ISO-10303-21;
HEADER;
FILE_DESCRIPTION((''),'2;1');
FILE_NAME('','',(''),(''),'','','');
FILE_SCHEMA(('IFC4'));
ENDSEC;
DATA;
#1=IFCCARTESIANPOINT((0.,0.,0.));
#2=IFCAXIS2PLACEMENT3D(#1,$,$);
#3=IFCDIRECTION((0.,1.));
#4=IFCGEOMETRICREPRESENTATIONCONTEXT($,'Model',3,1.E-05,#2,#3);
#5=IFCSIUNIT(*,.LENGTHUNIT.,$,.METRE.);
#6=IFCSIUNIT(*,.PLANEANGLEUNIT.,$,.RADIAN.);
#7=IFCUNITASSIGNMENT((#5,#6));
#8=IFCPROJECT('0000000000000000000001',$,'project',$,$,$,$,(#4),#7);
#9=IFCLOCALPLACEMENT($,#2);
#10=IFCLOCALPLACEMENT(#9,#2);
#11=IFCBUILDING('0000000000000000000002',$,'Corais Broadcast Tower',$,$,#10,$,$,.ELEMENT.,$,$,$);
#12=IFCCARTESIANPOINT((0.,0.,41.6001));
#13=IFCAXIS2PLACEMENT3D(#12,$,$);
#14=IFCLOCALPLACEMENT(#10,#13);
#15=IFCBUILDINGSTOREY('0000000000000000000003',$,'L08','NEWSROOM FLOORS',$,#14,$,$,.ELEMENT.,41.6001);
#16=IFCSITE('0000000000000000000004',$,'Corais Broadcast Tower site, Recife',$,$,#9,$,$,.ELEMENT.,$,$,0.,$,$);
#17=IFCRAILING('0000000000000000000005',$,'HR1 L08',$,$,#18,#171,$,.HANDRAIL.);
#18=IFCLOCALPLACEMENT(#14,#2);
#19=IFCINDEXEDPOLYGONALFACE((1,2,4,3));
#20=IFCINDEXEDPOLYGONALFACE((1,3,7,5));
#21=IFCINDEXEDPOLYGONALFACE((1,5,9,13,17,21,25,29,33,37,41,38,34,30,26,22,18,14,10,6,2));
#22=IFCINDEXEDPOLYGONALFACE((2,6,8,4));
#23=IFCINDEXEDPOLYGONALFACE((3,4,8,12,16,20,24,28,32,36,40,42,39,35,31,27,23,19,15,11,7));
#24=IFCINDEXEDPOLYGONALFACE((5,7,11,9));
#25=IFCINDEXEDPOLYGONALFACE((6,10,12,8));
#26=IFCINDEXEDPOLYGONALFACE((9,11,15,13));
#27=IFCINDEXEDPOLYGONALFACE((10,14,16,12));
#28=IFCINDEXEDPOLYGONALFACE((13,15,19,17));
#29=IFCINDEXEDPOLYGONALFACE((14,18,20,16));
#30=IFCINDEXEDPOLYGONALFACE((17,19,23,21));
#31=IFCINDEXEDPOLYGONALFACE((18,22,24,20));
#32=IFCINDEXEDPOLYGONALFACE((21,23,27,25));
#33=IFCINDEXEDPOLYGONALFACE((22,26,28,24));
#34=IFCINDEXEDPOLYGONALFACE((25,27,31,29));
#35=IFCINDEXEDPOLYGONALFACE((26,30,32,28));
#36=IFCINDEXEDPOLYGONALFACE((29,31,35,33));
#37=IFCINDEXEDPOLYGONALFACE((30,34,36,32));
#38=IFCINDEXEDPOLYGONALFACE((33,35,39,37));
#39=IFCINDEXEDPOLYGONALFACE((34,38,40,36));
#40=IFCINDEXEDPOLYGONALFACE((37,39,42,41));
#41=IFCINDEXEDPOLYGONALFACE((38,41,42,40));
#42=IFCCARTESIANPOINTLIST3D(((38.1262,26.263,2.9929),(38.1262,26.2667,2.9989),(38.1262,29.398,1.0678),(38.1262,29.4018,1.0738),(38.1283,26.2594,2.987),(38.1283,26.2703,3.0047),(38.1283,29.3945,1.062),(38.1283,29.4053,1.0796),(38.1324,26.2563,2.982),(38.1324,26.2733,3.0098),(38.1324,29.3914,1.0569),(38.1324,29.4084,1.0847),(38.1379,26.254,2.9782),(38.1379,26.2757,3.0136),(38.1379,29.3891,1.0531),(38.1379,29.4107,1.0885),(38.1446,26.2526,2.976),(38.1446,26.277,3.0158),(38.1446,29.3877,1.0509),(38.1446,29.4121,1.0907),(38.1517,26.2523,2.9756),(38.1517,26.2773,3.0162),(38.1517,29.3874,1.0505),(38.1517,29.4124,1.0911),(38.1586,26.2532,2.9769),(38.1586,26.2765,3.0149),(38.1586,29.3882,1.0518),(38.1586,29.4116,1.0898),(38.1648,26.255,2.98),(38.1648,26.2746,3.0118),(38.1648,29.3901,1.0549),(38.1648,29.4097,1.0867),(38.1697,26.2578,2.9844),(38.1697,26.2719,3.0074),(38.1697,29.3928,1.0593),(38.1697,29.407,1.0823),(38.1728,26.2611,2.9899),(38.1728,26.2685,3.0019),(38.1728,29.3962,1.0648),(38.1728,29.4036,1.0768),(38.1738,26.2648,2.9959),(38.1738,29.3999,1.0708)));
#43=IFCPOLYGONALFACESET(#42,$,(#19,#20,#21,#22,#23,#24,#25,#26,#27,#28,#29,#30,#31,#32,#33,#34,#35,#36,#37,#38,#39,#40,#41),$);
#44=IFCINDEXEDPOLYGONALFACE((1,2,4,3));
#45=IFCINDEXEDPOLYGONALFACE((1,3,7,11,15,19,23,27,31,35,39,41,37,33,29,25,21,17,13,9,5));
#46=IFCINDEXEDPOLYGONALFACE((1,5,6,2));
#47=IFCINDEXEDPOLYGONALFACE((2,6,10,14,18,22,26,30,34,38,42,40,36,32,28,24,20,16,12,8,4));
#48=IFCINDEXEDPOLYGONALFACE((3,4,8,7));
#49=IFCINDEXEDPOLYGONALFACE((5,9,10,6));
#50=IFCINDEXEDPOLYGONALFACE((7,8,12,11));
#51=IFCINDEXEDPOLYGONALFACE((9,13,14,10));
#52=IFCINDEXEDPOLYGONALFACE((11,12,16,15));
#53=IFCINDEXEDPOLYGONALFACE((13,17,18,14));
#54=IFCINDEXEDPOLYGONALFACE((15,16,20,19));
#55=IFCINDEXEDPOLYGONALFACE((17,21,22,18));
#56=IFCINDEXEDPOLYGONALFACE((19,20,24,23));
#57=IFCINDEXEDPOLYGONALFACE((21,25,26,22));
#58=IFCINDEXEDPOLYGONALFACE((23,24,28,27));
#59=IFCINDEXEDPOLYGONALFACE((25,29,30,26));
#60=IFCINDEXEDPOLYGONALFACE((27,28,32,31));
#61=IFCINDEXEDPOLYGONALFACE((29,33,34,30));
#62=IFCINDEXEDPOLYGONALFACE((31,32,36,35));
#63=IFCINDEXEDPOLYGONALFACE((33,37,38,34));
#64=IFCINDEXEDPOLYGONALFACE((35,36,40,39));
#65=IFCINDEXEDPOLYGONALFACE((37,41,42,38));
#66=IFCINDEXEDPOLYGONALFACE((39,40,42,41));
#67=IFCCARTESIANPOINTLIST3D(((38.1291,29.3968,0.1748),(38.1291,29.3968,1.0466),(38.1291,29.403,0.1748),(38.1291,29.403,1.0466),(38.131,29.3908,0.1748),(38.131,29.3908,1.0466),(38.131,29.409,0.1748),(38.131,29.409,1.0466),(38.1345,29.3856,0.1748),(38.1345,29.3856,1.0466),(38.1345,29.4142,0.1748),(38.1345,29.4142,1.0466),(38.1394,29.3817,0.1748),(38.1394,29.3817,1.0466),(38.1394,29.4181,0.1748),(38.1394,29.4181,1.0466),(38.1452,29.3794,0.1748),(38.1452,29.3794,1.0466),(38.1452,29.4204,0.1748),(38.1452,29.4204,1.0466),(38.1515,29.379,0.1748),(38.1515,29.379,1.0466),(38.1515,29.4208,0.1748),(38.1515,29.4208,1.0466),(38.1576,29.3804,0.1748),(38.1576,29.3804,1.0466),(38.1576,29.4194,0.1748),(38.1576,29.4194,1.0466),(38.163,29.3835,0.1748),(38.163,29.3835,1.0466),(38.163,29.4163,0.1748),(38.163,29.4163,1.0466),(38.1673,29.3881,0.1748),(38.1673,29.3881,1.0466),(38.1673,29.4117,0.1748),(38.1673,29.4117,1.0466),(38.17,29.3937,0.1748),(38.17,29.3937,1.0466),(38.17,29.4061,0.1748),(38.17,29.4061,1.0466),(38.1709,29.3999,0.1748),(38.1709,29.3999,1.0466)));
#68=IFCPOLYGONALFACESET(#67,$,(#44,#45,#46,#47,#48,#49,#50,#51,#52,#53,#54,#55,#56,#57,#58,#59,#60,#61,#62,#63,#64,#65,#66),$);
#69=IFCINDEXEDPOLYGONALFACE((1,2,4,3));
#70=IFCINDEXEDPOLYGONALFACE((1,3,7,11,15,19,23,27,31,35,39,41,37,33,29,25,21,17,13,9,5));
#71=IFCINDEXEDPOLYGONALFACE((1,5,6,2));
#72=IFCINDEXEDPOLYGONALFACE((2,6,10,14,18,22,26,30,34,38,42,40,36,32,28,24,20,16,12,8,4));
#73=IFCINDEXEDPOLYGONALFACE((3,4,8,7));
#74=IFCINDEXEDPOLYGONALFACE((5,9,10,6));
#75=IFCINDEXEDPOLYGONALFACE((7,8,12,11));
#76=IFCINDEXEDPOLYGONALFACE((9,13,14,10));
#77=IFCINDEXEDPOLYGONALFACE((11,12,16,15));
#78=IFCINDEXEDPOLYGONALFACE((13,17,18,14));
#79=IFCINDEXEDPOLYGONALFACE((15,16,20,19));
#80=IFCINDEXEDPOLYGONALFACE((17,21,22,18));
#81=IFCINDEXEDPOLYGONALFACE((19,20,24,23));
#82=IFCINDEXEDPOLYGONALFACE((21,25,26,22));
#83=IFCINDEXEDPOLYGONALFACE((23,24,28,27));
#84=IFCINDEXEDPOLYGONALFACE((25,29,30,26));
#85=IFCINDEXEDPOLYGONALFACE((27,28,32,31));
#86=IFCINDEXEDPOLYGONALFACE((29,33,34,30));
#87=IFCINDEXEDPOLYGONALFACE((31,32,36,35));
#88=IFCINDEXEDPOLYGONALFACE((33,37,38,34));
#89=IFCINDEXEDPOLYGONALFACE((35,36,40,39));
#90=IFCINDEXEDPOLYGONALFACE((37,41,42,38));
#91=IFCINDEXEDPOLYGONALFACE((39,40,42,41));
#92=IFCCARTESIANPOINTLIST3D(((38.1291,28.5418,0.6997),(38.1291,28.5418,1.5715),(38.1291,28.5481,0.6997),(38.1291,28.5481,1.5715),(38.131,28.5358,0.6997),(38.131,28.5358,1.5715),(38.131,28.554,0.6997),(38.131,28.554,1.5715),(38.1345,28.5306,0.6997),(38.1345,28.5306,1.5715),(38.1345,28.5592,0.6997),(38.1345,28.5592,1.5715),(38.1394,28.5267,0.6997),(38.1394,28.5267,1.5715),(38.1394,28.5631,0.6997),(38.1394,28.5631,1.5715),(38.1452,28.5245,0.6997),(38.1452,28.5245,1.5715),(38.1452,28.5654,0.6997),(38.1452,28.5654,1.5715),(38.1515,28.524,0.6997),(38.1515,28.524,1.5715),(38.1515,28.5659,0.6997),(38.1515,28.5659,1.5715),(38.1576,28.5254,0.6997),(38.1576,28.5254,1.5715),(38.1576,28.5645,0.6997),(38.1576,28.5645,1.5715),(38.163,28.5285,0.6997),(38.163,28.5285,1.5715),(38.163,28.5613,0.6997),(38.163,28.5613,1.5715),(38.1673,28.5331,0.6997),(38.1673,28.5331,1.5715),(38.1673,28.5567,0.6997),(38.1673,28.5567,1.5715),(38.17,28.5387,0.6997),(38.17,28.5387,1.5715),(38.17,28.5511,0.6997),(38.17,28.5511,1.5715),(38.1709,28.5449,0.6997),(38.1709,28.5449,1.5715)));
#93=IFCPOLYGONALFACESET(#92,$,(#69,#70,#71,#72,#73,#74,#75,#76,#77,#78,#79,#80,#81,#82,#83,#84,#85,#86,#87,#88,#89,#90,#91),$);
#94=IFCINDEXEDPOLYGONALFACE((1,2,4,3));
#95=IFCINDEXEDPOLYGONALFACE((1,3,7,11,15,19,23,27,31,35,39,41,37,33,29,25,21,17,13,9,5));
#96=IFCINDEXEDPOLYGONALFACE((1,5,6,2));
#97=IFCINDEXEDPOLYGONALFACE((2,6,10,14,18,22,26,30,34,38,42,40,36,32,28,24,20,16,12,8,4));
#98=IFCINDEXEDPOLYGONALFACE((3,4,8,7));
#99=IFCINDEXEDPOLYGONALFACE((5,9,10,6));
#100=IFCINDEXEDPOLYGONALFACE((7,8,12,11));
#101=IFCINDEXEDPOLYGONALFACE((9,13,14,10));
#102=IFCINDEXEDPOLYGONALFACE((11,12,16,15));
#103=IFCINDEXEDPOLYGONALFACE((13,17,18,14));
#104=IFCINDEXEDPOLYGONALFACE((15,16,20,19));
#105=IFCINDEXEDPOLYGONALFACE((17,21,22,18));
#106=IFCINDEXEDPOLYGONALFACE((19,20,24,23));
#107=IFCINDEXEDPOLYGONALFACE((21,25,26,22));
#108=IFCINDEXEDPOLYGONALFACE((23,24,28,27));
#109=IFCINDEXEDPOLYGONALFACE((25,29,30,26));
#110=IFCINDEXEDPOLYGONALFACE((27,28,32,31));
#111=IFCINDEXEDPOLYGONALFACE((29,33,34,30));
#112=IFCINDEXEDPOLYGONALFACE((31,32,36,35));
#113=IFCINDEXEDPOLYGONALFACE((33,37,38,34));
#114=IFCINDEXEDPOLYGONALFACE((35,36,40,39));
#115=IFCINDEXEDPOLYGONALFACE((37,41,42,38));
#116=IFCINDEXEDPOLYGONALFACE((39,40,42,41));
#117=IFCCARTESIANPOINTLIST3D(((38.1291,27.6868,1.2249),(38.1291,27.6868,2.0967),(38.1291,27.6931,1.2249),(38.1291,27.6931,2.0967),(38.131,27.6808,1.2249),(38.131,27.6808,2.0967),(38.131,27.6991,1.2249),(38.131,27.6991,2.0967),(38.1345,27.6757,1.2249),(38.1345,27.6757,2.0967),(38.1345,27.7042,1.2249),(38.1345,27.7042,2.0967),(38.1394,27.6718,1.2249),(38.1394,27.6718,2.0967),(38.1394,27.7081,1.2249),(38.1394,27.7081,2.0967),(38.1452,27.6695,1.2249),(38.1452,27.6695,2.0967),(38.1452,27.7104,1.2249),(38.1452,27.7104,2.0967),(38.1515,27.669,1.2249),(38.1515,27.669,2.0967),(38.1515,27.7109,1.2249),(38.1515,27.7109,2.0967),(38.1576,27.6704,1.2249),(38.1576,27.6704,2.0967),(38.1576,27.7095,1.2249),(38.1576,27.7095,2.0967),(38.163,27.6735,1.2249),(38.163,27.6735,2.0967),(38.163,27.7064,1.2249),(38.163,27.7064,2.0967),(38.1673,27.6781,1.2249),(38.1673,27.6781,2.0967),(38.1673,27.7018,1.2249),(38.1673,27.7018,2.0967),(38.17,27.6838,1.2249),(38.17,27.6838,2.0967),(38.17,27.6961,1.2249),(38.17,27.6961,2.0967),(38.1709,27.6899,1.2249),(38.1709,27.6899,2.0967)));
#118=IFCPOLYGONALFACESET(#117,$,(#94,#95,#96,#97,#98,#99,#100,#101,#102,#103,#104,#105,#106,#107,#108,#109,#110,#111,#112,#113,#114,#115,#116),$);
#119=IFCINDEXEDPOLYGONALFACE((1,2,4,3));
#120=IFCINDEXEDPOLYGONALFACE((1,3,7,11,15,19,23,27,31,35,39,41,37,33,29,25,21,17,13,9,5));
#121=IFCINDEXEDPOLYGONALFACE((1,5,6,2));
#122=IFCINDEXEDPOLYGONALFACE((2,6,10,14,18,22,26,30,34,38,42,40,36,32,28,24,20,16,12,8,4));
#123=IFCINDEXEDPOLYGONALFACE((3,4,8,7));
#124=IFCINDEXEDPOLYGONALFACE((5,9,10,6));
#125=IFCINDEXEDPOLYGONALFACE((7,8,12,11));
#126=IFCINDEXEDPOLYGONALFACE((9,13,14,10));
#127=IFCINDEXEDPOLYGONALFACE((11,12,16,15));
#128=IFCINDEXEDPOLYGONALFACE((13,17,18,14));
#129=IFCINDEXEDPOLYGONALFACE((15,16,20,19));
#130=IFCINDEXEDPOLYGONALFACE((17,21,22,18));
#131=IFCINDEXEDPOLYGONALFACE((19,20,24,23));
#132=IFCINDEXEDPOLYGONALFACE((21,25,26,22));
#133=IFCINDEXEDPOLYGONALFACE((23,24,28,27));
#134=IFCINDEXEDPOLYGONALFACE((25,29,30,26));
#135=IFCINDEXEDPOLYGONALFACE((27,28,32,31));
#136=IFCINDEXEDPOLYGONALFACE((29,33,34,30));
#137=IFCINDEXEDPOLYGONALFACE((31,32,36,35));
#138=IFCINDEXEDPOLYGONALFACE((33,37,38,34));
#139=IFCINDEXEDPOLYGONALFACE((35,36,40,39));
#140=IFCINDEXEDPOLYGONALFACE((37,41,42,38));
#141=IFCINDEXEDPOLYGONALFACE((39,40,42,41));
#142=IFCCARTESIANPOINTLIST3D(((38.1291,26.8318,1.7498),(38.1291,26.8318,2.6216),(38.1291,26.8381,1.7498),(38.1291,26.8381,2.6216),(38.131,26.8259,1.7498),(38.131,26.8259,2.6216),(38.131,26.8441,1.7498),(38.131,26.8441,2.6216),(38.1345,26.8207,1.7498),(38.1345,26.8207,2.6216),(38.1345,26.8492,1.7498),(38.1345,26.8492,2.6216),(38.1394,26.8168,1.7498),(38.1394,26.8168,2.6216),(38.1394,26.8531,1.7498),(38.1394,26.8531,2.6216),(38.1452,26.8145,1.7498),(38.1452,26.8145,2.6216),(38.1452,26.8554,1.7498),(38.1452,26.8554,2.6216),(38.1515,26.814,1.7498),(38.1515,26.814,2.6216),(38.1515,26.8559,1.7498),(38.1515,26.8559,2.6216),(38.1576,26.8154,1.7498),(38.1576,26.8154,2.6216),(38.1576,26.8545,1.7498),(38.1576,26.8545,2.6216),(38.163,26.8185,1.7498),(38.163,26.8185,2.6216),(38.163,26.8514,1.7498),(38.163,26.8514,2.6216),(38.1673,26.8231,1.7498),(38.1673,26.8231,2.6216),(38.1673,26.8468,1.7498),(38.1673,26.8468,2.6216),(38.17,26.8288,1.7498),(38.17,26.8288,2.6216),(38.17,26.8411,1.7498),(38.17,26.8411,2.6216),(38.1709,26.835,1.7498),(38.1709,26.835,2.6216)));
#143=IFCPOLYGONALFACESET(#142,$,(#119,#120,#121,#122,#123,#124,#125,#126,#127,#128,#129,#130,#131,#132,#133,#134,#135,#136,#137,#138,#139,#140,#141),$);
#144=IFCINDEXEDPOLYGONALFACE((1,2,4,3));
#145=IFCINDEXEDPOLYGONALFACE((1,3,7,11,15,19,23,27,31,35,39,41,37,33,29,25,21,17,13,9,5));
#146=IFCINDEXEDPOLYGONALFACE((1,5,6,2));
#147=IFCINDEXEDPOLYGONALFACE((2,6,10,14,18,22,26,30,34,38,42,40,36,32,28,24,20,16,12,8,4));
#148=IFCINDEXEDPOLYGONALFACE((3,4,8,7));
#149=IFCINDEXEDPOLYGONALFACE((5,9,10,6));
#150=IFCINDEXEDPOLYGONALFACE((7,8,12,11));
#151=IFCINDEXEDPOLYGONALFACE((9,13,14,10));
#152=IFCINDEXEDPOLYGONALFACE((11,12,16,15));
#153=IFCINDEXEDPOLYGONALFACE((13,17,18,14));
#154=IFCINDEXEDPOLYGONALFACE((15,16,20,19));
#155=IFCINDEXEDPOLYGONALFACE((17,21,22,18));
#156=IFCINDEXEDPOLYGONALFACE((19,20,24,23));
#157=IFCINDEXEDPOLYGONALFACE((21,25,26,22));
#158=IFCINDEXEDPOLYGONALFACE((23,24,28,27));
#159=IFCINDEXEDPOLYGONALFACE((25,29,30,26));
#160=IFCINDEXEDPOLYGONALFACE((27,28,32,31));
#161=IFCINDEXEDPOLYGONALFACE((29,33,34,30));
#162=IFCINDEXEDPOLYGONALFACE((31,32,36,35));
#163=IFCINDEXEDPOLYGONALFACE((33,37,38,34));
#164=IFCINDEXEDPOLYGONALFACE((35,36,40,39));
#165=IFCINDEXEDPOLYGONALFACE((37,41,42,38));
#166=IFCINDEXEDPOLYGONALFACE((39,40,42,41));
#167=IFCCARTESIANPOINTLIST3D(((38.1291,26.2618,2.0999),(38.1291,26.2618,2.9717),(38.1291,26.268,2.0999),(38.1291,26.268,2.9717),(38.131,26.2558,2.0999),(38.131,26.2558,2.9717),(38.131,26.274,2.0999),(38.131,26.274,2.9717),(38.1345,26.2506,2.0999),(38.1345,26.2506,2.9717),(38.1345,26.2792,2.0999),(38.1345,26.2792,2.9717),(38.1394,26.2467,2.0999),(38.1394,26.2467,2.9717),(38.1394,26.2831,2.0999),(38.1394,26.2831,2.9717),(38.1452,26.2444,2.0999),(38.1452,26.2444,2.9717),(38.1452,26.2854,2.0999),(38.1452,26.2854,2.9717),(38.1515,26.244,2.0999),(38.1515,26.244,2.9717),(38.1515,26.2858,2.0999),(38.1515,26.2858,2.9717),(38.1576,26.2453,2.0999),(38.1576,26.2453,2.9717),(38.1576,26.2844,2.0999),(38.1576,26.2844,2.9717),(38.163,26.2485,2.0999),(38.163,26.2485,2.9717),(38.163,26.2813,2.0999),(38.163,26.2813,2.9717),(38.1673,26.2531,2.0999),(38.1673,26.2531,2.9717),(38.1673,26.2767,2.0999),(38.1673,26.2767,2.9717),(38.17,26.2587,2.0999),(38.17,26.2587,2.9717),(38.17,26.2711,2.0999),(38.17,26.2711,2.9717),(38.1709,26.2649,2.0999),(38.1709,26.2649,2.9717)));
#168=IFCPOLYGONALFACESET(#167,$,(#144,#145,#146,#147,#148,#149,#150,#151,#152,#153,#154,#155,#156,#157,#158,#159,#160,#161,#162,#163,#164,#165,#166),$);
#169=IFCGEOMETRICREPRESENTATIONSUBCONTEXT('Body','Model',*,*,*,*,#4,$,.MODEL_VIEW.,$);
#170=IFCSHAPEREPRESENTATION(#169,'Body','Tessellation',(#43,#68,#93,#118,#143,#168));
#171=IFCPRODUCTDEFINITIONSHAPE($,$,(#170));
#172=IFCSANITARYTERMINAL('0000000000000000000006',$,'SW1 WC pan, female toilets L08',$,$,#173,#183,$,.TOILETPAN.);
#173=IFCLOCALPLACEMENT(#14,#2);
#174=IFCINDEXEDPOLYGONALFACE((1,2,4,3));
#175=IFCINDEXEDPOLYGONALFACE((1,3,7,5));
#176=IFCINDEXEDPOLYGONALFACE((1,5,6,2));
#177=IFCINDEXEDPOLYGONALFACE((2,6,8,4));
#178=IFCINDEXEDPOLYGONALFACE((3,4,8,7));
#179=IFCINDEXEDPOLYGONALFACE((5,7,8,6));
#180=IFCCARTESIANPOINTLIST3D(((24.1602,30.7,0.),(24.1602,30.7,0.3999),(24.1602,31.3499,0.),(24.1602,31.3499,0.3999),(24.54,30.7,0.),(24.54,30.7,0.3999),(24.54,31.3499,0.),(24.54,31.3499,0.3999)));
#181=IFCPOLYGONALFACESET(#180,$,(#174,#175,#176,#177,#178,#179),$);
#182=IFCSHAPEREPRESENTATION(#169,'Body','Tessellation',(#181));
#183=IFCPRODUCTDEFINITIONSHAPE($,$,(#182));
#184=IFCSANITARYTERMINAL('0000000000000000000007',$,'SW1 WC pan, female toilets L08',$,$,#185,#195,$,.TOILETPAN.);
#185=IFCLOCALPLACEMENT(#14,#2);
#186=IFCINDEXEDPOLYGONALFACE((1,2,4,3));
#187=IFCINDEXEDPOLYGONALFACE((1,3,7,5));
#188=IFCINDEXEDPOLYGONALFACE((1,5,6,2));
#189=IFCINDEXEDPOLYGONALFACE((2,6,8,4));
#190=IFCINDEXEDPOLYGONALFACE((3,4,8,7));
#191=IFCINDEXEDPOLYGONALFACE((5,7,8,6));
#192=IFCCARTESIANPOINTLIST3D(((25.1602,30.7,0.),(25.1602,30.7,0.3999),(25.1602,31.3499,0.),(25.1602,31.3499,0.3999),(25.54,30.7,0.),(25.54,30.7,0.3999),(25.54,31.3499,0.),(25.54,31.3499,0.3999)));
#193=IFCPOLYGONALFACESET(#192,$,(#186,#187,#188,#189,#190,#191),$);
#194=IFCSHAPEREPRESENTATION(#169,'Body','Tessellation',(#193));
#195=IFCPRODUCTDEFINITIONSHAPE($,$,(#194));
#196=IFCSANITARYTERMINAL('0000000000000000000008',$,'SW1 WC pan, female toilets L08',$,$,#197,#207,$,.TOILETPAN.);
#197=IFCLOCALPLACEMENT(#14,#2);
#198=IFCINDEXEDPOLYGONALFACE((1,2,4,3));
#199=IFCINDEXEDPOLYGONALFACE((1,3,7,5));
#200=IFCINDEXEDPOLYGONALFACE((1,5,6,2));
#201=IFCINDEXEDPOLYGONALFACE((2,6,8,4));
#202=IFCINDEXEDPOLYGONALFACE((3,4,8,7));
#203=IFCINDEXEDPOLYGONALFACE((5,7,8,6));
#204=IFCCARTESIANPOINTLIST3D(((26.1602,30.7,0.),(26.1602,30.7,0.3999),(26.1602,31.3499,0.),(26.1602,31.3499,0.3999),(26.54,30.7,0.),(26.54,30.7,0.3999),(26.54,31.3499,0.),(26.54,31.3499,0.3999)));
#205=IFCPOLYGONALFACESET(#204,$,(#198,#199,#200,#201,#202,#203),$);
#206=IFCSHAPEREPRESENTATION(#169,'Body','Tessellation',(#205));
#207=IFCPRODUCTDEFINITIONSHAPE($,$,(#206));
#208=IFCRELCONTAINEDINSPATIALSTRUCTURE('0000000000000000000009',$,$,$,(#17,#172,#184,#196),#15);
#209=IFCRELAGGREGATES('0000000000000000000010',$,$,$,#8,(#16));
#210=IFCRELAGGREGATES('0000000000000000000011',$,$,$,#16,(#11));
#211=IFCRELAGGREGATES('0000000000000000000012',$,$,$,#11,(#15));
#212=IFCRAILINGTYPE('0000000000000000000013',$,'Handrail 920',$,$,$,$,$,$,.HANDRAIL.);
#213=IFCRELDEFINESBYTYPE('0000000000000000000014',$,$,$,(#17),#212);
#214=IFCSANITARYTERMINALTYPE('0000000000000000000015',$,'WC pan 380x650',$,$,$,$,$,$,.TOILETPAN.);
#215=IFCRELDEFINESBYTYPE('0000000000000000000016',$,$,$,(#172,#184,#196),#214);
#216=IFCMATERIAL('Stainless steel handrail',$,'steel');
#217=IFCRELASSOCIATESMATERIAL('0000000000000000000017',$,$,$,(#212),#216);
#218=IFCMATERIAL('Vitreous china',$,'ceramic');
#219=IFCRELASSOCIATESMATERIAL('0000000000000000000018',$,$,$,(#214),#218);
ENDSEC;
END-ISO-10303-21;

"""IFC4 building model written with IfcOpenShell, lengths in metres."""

from ifc_helpers import new_model, si_unit, direction, frame, origin, origin_2d, place, context, subcontext, project, spatial, rectangle, circle, extrude, material, type_object, element, save


model = new_model("IFC4")

# Units and contexts
model_context = context("Model", 3, precision=1e-05, world=origin(), true_north=direction((0.0, 1.0)))
body_context = subcontext(model_context, "Body", "Model", "MODEL_VIEW")
ifc_project = project(units=[si_unit("LENGTHUNIT", "METRE"), si_unit("PLANEANGLEUNIT", "RADIAN")], contexts=[model_context])

# Site, building, storey
site_placement = place(None, origin())
site = spatial("IfcSite", under=ifc_project, at=site_placement, Name="Corais Broadcast Tower site, Recife", CompositionType="ELEMENT", RefElevation=0.0)
building_placement = place(site_placement, origin())
building = spatial("IfcBuilding", under=site, at=building_placement, Name="Corais Broadcast Tower", CompositionType="ELEMENT")
storey_placement = place(building_placement, frame((0.0, 0.0, 41.6001)))
storey = spatial("IfcBuildingStorey", under=building, at=storey_placement, Name="L08", Description="NEWSROOM FLOORS", CompositionType="ELEMENT", Elevation=41.6001)

# Railing
ifc_material_1 = material(Name="Stainless steel handrail", Category="steel")
railing_type = type_object("IfcRailingType", Name="Handrail 920", PredefinedType="HANDRAIL", material=ifc_material_1)
for number, where, name in (
    (1, (38.1499, 29.3999, 0.1748), "HR1 L08"),
):
    element("IfcRailing", number, at=place(storey_placement, frame(where)), inside=storey, type_object=railing_type, Name=name, PredefinedType="HANDRAIL", context=body_context, shape_type="SweptSolid", body=[
        extrude(circle(Radius=0.0239, at=origin_2d()), frame((0.0, 0.0, 0.896), z_axis=(0.0, -0.852166, 0.523271), x_axis=(1.0, 0.0, 0.0)), (0.0, 0.0, 1.0), 3.679),
        extrude(circle(Radius=0.021, at=origin_2d()), origin(), (0.0, 0.0, 1.0), 0.8718),
        extrude(circle(Radius=0.021, at=origin_2d()), frame((0.0, -0.855, 0.5249)), (0.0, 0.0, 1.0), 0.8718),
        extrude(circle(Radius=0.021, at=origin_2d()), frame((0.0, -1.71, 1.05)), (0.0, 0.0, 1.0), 0.8718),
        extrude(circle(Radius=0.021, at=origin_2d()), frame((0.0, -2.5649, 1.575)), (0.0, 0.0, 1.0), 0.8718),
        extrude(circle(Radius=0.021, at=origin_2d()), frame((0.0, -3.135, 1.925)), (0.0, 0.0, 1.0), 0.8718),
    ])

# Sanitary terminals
ifc_material_2 = material(Name="Vitreous china", Category="ceramic")
sanitary_terminal_type = type_object("IfcSanitaryTerminalType", Name="WC pan 380x650", PredefinedType="TOILETPAN", material=ifc_material_2)
for number, where, z_axis, x_axis, name in (
    (2, (24.3501, 31.0249, 0.0), (0.0, 0.0, 1.0), (1.0, 0.0, 0.0), "SW1 WC pan, female toilets L08"),
    (3, (25.3501, 31.0249, 0.0), (0.0, 0.0, 1.0), (1.0, 0.0, 0.0), "SW1 WC pan, female toilets L08"),
    (4, (26.3501, 31.0249, 0.0), (0.0, 0.0, 1.0), (1.0, 0.0, 0.0), "SW1 WC pan, female toilets L08"),
):
    element("IfcSanitaryTerminal", number, at=place(storey_placement, frame(where, z_axis=z_axis, x_axis=x_axis)), inside=storey, type_object=sanitary_terminal_type, Name=name, PredefinedType="TOILETPAN", context=body_context, shape_type="SweptSolid", body=[
        extrude(rectangle(XDim=0.3799, YDim=0.6499, at=origin_2d()), origin(), (0.0, 0.0, 1.0), 0.3999),
    ])

save(model, "model.ifc")
